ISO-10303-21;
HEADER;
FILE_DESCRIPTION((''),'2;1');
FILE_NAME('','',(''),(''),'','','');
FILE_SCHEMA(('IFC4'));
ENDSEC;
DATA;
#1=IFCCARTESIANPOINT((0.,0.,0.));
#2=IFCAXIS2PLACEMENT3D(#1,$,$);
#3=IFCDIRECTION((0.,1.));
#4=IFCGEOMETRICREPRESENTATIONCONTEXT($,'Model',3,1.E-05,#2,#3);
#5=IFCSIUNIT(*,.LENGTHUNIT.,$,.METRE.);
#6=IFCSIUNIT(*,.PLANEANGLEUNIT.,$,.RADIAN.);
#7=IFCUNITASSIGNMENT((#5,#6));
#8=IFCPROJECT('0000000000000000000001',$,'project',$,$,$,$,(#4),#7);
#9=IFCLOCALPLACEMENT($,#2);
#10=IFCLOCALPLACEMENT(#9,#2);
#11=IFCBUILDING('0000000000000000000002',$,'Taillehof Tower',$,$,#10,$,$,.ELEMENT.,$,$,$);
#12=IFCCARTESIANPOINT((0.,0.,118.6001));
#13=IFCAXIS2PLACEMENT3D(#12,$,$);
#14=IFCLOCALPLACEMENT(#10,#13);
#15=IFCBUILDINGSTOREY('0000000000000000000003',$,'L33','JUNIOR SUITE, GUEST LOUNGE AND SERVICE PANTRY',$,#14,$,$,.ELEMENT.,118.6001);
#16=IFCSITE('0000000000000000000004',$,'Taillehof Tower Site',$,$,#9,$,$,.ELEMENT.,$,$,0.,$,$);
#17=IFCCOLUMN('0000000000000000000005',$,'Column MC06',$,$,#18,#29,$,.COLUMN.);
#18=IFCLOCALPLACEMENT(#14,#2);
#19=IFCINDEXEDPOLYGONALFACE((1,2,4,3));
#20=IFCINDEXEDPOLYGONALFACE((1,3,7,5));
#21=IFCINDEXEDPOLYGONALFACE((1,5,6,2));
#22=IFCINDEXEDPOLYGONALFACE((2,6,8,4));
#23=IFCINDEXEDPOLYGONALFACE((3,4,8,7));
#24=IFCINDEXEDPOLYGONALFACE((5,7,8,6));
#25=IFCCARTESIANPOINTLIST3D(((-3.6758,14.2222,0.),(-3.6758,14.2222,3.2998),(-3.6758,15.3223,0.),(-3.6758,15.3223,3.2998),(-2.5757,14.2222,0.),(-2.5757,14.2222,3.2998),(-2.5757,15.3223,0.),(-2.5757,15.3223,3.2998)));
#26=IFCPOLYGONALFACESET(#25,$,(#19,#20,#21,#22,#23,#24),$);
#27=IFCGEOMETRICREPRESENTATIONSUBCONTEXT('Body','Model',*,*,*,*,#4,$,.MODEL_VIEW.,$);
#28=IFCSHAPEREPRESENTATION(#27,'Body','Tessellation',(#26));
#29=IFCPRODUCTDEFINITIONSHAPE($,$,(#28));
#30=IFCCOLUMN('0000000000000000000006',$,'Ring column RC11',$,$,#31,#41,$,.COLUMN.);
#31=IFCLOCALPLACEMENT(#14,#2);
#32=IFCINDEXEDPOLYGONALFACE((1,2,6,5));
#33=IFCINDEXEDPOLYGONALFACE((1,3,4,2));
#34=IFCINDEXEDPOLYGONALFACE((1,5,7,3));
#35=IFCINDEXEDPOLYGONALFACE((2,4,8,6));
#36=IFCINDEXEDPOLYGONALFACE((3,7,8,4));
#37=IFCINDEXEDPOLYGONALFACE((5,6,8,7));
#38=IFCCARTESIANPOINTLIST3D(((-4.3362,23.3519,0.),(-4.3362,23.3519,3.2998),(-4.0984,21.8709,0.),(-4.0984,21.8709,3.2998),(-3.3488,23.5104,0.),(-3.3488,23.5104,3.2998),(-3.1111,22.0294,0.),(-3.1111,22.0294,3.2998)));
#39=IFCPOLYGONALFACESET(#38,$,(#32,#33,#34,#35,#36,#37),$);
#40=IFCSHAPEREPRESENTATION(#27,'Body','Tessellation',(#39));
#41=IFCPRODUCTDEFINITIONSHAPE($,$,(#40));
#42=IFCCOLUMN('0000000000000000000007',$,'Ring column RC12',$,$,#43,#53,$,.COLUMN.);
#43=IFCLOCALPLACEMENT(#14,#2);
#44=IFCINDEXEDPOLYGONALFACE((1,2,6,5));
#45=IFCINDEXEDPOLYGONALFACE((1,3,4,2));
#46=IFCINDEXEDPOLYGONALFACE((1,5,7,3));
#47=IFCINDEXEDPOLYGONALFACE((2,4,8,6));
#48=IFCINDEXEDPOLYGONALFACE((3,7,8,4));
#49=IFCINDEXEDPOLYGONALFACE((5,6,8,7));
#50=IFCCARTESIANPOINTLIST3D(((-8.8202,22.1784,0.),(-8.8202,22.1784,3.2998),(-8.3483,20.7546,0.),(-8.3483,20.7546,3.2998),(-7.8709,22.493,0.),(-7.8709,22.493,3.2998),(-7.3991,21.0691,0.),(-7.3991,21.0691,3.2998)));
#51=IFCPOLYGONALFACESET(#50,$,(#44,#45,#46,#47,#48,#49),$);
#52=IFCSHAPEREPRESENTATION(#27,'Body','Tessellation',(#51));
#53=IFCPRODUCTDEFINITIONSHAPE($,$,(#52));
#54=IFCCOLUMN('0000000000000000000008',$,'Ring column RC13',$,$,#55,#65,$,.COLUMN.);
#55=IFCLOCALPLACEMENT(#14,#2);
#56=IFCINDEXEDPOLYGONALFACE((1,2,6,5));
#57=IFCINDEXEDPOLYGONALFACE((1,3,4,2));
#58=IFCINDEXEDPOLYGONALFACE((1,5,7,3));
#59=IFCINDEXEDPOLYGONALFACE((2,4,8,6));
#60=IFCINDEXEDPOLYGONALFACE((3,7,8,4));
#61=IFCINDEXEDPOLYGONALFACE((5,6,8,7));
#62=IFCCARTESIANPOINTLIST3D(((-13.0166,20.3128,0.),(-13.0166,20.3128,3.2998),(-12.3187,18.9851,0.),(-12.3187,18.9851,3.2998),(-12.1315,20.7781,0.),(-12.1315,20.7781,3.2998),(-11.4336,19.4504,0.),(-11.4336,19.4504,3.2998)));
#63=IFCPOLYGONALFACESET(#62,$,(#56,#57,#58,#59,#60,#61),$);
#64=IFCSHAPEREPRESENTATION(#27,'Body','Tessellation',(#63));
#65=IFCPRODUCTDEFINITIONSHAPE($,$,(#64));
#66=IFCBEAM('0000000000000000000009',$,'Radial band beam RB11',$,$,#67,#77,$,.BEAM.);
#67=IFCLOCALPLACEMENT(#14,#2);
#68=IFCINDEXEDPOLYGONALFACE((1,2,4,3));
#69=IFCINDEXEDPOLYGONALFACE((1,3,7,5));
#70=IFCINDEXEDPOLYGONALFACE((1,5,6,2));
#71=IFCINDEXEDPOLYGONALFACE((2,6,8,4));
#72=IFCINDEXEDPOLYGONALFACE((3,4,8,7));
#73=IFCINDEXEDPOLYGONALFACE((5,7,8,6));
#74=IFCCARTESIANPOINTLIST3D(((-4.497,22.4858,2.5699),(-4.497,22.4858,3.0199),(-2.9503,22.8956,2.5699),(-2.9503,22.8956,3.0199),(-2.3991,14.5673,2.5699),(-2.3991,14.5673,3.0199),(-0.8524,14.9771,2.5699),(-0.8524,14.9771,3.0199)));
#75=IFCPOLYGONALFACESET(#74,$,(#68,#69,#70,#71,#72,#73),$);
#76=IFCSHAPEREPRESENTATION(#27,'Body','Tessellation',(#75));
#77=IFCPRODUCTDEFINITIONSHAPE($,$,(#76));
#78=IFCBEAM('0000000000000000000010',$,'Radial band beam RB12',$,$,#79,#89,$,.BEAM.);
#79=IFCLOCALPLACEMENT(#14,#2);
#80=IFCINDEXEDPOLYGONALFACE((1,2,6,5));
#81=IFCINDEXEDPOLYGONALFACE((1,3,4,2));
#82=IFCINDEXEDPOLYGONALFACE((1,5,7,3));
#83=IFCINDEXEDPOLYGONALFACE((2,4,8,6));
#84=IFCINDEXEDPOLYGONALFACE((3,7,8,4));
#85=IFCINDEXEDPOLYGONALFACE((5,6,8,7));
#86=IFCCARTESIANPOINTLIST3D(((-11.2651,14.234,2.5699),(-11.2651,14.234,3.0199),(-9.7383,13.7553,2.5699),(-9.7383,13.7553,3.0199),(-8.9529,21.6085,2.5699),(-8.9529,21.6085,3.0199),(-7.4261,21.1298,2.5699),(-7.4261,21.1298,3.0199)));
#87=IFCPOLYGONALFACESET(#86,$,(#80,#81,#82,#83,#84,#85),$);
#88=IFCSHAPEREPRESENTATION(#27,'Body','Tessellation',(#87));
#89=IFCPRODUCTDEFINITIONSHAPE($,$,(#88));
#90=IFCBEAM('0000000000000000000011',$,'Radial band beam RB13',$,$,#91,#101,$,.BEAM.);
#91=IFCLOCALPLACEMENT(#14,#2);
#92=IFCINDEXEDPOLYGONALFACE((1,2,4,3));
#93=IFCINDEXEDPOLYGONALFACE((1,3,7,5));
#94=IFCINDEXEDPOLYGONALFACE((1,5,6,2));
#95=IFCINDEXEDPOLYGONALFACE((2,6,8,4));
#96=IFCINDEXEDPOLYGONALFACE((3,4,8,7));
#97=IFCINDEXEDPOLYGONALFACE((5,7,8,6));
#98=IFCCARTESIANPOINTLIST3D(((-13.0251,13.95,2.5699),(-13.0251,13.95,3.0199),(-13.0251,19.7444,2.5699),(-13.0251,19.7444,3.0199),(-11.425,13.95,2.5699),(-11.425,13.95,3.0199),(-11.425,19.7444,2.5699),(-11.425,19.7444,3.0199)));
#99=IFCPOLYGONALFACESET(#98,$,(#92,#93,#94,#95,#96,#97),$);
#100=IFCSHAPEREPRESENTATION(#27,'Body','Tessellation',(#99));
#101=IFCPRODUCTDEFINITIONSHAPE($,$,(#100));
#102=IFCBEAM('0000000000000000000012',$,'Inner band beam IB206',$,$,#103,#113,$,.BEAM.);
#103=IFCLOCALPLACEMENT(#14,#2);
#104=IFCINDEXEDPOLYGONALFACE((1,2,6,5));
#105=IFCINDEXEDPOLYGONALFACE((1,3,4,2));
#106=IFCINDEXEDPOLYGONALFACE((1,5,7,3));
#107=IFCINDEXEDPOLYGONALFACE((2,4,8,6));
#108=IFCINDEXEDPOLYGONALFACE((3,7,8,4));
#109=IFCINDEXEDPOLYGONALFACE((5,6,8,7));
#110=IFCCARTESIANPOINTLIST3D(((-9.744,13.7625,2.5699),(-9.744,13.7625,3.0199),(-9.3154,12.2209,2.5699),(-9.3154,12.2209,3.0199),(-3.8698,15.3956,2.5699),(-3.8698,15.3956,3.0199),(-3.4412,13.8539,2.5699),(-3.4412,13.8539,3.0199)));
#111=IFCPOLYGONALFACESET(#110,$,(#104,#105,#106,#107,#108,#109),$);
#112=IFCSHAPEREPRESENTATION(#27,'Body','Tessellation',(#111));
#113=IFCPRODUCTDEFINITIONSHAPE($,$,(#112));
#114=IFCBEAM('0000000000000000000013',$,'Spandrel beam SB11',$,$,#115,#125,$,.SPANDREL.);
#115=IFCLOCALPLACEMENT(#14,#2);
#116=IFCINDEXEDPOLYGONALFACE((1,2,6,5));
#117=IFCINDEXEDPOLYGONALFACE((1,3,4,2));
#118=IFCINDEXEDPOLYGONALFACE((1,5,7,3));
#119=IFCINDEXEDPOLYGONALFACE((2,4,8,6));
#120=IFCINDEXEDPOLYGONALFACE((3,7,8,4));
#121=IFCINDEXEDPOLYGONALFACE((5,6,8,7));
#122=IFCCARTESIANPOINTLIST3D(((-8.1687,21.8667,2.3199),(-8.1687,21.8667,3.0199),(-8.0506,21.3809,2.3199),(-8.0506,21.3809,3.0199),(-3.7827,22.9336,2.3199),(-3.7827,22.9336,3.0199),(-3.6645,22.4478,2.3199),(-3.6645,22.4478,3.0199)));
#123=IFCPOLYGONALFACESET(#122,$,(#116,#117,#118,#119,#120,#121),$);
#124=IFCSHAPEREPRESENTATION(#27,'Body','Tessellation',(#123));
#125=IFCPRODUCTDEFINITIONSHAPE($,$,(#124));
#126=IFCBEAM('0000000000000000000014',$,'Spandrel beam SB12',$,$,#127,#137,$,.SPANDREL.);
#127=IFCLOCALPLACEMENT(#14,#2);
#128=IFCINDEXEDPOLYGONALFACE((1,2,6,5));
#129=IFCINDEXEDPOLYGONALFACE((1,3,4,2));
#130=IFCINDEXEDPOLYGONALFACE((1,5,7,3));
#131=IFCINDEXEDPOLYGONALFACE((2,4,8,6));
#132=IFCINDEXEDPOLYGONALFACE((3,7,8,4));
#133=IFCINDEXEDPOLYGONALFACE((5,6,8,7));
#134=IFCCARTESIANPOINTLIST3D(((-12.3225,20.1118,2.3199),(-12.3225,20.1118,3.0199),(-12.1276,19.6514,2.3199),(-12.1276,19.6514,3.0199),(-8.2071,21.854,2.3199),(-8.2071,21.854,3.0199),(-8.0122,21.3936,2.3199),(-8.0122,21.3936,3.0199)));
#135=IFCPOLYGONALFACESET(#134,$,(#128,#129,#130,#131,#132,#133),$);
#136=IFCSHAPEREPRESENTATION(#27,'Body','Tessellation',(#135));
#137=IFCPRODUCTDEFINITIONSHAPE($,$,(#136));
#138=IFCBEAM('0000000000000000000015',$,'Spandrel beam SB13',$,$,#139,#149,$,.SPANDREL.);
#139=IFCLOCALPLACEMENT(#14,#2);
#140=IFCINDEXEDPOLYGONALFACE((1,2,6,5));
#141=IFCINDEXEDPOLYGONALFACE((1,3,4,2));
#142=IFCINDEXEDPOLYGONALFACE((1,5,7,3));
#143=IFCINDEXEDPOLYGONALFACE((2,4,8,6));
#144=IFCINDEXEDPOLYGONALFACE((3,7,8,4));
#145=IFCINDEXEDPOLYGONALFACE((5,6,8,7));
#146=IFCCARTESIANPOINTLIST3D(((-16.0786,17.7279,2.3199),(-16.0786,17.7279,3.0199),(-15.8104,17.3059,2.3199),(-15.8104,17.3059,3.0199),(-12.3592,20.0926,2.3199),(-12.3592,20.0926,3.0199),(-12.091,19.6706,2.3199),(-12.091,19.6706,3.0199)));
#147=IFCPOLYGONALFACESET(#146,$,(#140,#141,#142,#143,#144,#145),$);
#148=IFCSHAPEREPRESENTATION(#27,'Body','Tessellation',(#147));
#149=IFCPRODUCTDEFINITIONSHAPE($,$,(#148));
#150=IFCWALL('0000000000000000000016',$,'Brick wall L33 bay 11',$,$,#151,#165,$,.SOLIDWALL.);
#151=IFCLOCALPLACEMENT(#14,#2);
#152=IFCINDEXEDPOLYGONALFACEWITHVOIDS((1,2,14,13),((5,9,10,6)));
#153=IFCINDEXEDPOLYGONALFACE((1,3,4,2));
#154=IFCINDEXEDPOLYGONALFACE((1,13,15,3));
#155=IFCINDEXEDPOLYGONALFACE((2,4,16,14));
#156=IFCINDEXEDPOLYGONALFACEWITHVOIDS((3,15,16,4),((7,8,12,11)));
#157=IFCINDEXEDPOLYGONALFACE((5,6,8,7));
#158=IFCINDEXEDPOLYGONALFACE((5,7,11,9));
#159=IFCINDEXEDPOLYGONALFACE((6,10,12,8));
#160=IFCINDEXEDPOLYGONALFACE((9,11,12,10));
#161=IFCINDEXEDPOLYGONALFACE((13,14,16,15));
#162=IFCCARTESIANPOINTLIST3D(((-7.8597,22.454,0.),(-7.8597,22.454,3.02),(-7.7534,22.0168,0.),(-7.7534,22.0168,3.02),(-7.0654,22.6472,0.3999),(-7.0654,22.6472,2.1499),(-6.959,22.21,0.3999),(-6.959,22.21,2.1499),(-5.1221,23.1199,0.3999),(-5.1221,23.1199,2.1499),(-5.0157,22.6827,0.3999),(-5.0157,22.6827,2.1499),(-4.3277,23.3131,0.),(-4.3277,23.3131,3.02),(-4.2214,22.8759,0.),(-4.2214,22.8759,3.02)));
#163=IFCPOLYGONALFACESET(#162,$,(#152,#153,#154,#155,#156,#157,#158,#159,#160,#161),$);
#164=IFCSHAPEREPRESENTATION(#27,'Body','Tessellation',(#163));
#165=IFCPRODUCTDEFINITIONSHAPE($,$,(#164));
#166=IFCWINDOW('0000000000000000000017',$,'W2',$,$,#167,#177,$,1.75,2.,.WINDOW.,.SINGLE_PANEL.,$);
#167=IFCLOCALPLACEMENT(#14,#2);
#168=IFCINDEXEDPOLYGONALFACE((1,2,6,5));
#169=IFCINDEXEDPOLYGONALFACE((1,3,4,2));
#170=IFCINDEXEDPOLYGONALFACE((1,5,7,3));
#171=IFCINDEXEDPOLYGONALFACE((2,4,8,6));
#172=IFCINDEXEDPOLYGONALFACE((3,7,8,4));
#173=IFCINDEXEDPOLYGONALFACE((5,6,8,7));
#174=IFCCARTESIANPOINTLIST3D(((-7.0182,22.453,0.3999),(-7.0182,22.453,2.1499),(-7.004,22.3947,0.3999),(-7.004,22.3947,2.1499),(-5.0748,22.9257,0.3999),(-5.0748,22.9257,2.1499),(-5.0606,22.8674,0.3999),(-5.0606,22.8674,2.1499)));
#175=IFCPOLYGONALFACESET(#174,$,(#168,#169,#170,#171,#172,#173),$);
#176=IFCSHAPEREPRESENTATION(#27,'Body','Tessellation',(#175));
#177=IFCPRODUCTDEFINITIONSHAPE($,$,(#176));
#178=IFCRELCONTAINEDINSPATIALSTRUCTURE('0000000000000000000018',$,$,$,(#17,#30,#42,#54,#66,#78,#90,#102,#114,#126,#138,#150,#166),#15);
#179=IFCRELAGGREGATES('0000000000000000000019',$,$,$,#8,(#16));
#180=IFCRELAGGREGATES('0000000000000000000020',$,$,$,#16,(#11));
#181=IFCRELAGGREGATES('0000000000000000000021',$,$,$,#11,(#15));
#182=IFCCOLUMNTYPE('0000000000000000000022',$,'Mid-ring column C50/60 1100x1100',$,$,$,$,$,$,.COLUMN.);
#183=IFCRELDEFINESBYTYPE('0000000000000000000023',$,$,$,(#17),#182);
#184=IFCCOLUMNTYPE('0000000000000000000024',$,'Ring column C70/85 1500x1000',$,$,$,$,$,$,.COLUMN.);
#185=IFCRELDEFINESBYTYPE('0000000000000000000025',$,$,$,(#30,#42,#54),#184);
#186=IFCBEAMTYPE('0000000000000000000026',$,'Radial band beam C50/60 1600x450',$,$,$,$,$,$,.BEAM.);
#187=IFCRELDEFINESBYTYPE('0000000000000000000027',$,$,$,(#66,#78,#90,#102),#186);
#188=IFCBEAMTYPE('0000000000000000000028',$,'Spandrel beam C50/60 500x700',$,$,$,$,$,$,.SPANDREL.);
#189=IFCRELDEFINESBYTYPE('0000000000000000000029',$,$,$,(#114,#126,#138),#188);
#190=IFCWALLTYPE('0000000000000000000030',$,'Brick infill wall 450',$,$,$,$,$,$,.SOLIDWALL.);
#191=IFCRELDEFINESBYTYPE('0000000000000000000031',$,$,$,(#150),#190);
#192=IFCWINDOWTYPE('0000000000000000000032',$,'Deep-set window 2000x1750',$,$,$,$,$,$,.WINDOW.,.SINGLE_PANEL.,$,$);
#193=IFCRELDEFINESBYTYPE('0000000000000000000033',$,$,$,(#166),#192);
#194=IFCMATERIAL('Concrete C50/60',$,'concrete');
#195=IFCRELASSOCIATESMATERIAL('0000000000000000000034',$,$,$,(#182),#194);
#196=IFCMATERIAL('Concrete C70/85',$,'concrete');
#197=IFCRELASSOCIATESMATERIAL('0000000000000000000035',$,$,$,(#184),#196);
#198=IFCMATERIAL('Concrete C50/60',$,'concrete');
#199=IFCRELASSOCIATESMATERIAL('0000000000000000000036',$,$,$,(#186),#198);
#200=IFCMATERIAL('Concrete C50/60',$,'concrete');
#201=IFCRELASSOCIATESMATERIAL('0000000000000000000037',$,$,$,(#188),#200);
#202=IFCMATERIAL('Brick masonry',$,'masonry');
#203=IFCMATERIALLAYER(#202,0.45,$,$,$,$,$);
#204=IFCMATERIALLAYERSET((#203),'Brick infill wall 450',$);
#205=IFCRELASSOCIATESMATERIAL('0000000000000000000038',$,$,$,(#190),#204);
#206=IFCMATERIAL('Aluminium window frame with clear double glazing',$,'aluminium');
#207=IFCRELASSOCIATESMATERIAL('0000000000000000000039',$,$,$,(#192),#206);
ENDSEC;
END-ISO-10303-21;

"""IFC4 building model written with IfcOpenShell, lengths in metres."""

from ifc_helpers import new_model, si_unit, direction, frame, frame_2d, origin, origin_2d, place, context, subcontext, project, spatial, rectangle, extrude, material, layer, layer_set, material_profile, profile_set, type_object, element, fill, save


model = new_model("IFC4")

# Units and contexts
model_context = context("Model", 3, precision=1e-05, world=origin(), true_north=direction((0.0, 1.0)))
body_context = subcontext(model_context, "Body", "Model", "MODEL_VIEW")
ifc_project = project(units=[si_unit("LENGTHUNIT", "METRE"), si_unit("PLANEANGLEUNIT", "RADIAN")], contexts=[model_context])

# Site, building, storey
site_placement = place(None, origin())
site = spatial("IfcSite", under=ifc_project, at=site_placement, Name="Taillehof Tower Site", CompositionType="ELEMENT", RefElevation=0.0)
building_placement = place(site_placement, origin())
building = spatial("IfcBuilding", under=site, at=building_placement, Name="Taillehof Tower", CompositionType="ELEMENT")
storey_placement = place(building_placement, frame((0.0, 0.0, 118.6001)))
storey = spatial("IfcBuildingStorey", under=building, at=storey_placement, Name="L33", Description="JUNIOR SUITE, GUEST LOUNGE AND SERVICE PANTRY", CompositionType="ELEMENT", Elevation=118.6001)

# Columns
ifc_material_1 = material(Name="Concrete C50/60", Category="concrete")
ifc_material_profile_1 = material_profile(ifc_material_1, rectangle(XDim=1.1001, YDim=1.1001, at=origin_2d()), Name="RC 1100x1100")
ifc_profile_set_1 = profile_set([ifc_material_profile_1], Name="Concrete C50/60")
column_type_1 = type_object("IfcColumnType", Name="Mid-ring column C50/60 1100x1100", PredefinedType="COLUMN", material=ifc_profile_set_1)
column_placement = place(storey_placement, frame((-3.1257, 14.7722, 0.0), z_axis=(0.0, 0.0, 1.0), x_axis=(1.0, 0.0, 0.0)))
element("IfcColumn", 1, at=column_placement, inside=storey, type_object=column_type_1, Name="Column MC06", PredefinedType="COLUMN", context=body_context, shape_type="SweptSolid", body=[
    extrude(rectangle(XDim=1.1001, YDim=1.1001, at=origin_2d()), origin(), (0.0, 0.0, 1.0), 3.2998),
])
ifc_material_2 = material(Name="Concrete C70/85", Category="concrete")
ifc_material_profile_2 = material_profile(ifc_material_2, rectangle(XDim=1.5, YDim=1.0, at=origin_2d()), Name="RC 1500x1000")
ifc_profile_set_2 = profile_set([ifc_material_profile_2], Name="Concrete C70/85")
column_type_2 = type_object("IfcColumnType", Name="Ring column C70/85 1500x1000", PredefinedType="COLUMN", material=ifc_profile_set_2)
for number, where, z_axis, x_axis, name in (
    (2, (-3.7236, 22.6907, 0.0), (0.0, 0.0, 1.0), (-0.158507, 0.987358, 0.0), "Ring column RC11"),
    (3, (-8.1096, 21.6238, 0.0), (0.0, 0.0, 1.0), (-0.314555, 0.949239, 0.0), "Ring column RC12"),
    (4, (-12.2251, 19.8816, 0.0), (0.0, 0.0, 1.0), (-0.465283, 0.885162, 0.0), "Ring column RC13"),
):
    element("IfcColumn", number, at=place(storey_placement, frame(where, z_axis=z_axis, x_axis=x_axis)), inside=storey, type_object=column_type_2, Name=name, PredefinedType="COLUMN", context=body_context, shape_type="SweptSolid", body=[
        extrude(rectangle(XDim=1.5, YDim=1.0, at=origin_2d()), origin(), (0.0, 0.0, 1.0), 3.2998),
    ])

# Beams
ifc_material_3 = material(Name="Concrete C50/60", Category="concrete")
ifc_material_profile_3 = material_profile(ifc_material_3, rectangle(XDim=1.6001, YDim=0.45, at=origin_2d()), Name="RC 1600x450")
ifc_profile_set_3 = profile_set([ifc_material_profile_3], Name="Concrete C50/60")
beam_type_1 = type_object("IfcBeamType", Name="Radial band beam C50/60 1600x450", PredefinedType="BEAM", material=ifc_profile_set_3)
beam_1_placement = place(storey_placement, frame((-3.7236, 22.6907, 2.7949), z_axis=(0.256102, -0.96665, 0.0), x_axis=(0.96665, 0.256102, 0.0)))
element("IfcBeam", 5, at=beam_1_placement, inside=storey, type_object=beam_type_1, Name="Radial band beam RB11", PredefinedType="BEAM", context=body_context, shape_type="SweptSolid", body=[
    extrude(rectangle(XDim=1.6001, YDim=0.45, at=origin_2d()), origin(), (0.0, 0.0, 1.0), 8.1917),
])
beam_2_placement = place(storey_placement, frame((-8.1895, 21.3691, 2.7949), z_axis=(-0.299185, -0.954195, 0.0), x_axis=(0.954195, -0.299185, 0.0)))
element("IfcBeam", 6, at=beam_2_placement, inside=storey, type_object=beam_type_1, Name="Radial band beam RB12", PredefinedType="BEAM", context=body_context, shape_type="SweptSolid", body=[
    extrude(rectangle(XDim=1.6001, YDim=0.45, at=origin_2d()), origin(), (0.0, 0.0, 1.0), 7.7285),
])
beam_3_placement = place(storey_placement, frame((-12.2251, 19.7444, 2.7949), z_axis=(0.0, -1.0, 0.0), x_axis=(1.0, 0.0, 0.0)))
element("IfcBeam", 7, at=beam_3_placement, inside=storey, type_object=beam_type_1, Name="Radial band beam RB13", PredefinedType="BEAM", context=body_context, shape_type="SweptSolid", body=[
    extrude(rectangle(XDim=1.6001, YDim=0.45, at=origin_2d()), origin(), (0.0, 0.0, 1.0), 5.7944),
])
beam_4_placement = place(storey_placement, frame((-3.6555, 14.6248, 2.7949), z_axis=(-0.963459, -0.267855, 0.0), x_axis=(0.267855, -0.963459, 0.0)))
element("IfcBeam", 8, at=beam_4_placement, inside=storey, type_object=beam_type_1, Name="Inner band beam IB206", PredefinedType="BEAM", context=body_context, shape_type="SweptSolid", body=[
    extrude(rectangle(XDim=1.6001, YDim=0.45, at=origin_2d()), origin(), (0.0, 0.0, 1.0), 6.0969),
])
ifc_material_4 = material(Name="Concrete C50/60", Category="concrete")
ifc_material_profile_4 = material_profile(ifc_material_4, rectangle(XDim=0.5, YDim=0.7, at=origin_2d()), Name="RC 500x700")
ifc_profile_set_4 = profile_set([ifc_material_profile_4], Name="Concrete C50/60")
beam_type_2 = type_object("IfcBeamType", Name="Spandrel beam C50/60 500x700", PredefinedType="SPANDREL", material=ifc_profile_set_4)
beam_5_placement = place(storey_placement, frame((-3.7236, 22.6907, 2.6699), z_axis=(-0.971666, -0.236358, 0.0), x_axis=(0.236358, -0.971666, 0.0)))
element("IfcBeam", 9, at=beam_5_placement, inside=storey, type_object=beam_type_2, Name="Spandrel beam SB11", PredefinedType="SPANDREL", context=body_context, shape_type="SweptSolid", body=[
    extrude(rectangle(XDim=0.5, YDim=0.7, at=origin_2d()), origin(), (0.0, 0.0, 1.0), 4.5139),
])
beam_6_placement = place(storey_placement, frame((-8.1096, 21.6238, 2.6699), z_axis=(-0.920885, -0.389834, 0.0), x_axis=(0.389834, -0.920885, 0.0)))
element("IfcBeam", 10, at=beam_6_placement, inside=storey, type_object=beam_type_2, Name="Spandrel beam SB12", PredefinedType="SPANDREL", context=body_context, shape_type="SweptSolid", body=[
    extrude(rectangle(XDim=0.5, YDim=0.7, at=origin_2d()), origin(), (0.0, 0.0, 1.0), 4.469),
])
beam_7_placement = place(storey_placement, frame((-12.2251, 19.8816, 2.6699), z_axis=(-0.843887, -0.536521, 0.0), x_axis=(0.536521, -0.843887, 0.0)))
element("IfcBeam", 11, at=beam_7_placement, inside=storey, type_object=beam_type_2, Name="Spandrel beam SB13", PredefinedType="SPANDREL", context=body_context, shape_type="SweptSolid", body=[
    extrude(rectangle(XDim=0.5, YDim=0.7, at=origin_2d()), origin(), (0.0, 0.0, 1.0), 4.4075),
])

# Wall, opening, window
ifc_material_5 = material(Name="Brick masonry", Category="masonry")
ifc_layer_1 = layer(ifc_material_5, 0.45)
ifc_layer_set_1 = layer_set([ifc_layer_1], Name="Brick infill wall 450")
wall_type_1 = type_object("IfcWallType", Name="Brick infill wall 450", PredefinedType="SOLIDWALL", material=ifc_layer_set_1)
wall_1_placement = place(storey_placement, frame((-4.2747, 23.0945, 0.0), z_axis=(0.0, 0.0, 1.0), x_axis=(-0.971668, -0.236352, 0.0)))
wall_1 = element("IfcWall", 12, at=wall_1_placement, inside=storey, type_object=wall_type_1, Name="Brick wall L33 bay 11", PredefinedType="SOLIDWALL", context=body_context, shape_type="SweptSolid", body=[
    extrude(rectangle(XDim=3.635, YDim=0.45, at=frame_2d((1.8174, 0.0))), origin(), (0.0, 0.0, 1.0), 3.02),
])
opening_1_placement = place(wall_1_placement, frame((0.8174, 0.0, 0.3999)))
opening_1 = element("IfcOpeningElement", 13, at=opening_1_placement, cuts=wall_1, PredefinedType="OPENING", context=body_context, shape_type="SweptSolid", body=[
    extrude(rectangle(XDim=2.0, YDim=1.75, at=frame_2d((1.0, 0.875))), frame((0.0, 0.2349, 0.0), z_axis=(0.0, -1.0, 0.0), x_axis=(1.0, 0.0, 0.0)), (0.0, 0.0, 1.0), 0.47),
])
ifc_material_6 = material(Name="Aluminium window frame with clear double glazing", Category="aluminium")
window_type_1 = type_object("IfcWindowType", Name="Deep-set window 2000x1750", PartitioningType="SINGLE_PANEL", PredefinedType="WINDOW", material=ifc_material_6)
window_1_placement = place(opening_1_placement, origin())
window_1 = element("IfcWindow", 14, at=window_1_placement, inside=storey, type_object=window_type_1, Name="W2", OverallHeight=1.75, OverallWidth=2.0, PartitioningType="SINGLE_PANEL", PredefinedType="WINDOW", context=body_context, shape_type="SweptSolid", body=[
    extrude(rectangle(XDim=2.0, YDim=1.75, at=frame_2d((1.0, 0.875))), frame((0.0, 0.0349, 0.0), z_axis=(0.0, -1.0, 0.0), x_axis=(1.0, 0.0, 0.0)), (0.0, 0.0, 1.0), 0.0601),
])
fill(opening_1, window_1)

save(model, "model.ifc")
